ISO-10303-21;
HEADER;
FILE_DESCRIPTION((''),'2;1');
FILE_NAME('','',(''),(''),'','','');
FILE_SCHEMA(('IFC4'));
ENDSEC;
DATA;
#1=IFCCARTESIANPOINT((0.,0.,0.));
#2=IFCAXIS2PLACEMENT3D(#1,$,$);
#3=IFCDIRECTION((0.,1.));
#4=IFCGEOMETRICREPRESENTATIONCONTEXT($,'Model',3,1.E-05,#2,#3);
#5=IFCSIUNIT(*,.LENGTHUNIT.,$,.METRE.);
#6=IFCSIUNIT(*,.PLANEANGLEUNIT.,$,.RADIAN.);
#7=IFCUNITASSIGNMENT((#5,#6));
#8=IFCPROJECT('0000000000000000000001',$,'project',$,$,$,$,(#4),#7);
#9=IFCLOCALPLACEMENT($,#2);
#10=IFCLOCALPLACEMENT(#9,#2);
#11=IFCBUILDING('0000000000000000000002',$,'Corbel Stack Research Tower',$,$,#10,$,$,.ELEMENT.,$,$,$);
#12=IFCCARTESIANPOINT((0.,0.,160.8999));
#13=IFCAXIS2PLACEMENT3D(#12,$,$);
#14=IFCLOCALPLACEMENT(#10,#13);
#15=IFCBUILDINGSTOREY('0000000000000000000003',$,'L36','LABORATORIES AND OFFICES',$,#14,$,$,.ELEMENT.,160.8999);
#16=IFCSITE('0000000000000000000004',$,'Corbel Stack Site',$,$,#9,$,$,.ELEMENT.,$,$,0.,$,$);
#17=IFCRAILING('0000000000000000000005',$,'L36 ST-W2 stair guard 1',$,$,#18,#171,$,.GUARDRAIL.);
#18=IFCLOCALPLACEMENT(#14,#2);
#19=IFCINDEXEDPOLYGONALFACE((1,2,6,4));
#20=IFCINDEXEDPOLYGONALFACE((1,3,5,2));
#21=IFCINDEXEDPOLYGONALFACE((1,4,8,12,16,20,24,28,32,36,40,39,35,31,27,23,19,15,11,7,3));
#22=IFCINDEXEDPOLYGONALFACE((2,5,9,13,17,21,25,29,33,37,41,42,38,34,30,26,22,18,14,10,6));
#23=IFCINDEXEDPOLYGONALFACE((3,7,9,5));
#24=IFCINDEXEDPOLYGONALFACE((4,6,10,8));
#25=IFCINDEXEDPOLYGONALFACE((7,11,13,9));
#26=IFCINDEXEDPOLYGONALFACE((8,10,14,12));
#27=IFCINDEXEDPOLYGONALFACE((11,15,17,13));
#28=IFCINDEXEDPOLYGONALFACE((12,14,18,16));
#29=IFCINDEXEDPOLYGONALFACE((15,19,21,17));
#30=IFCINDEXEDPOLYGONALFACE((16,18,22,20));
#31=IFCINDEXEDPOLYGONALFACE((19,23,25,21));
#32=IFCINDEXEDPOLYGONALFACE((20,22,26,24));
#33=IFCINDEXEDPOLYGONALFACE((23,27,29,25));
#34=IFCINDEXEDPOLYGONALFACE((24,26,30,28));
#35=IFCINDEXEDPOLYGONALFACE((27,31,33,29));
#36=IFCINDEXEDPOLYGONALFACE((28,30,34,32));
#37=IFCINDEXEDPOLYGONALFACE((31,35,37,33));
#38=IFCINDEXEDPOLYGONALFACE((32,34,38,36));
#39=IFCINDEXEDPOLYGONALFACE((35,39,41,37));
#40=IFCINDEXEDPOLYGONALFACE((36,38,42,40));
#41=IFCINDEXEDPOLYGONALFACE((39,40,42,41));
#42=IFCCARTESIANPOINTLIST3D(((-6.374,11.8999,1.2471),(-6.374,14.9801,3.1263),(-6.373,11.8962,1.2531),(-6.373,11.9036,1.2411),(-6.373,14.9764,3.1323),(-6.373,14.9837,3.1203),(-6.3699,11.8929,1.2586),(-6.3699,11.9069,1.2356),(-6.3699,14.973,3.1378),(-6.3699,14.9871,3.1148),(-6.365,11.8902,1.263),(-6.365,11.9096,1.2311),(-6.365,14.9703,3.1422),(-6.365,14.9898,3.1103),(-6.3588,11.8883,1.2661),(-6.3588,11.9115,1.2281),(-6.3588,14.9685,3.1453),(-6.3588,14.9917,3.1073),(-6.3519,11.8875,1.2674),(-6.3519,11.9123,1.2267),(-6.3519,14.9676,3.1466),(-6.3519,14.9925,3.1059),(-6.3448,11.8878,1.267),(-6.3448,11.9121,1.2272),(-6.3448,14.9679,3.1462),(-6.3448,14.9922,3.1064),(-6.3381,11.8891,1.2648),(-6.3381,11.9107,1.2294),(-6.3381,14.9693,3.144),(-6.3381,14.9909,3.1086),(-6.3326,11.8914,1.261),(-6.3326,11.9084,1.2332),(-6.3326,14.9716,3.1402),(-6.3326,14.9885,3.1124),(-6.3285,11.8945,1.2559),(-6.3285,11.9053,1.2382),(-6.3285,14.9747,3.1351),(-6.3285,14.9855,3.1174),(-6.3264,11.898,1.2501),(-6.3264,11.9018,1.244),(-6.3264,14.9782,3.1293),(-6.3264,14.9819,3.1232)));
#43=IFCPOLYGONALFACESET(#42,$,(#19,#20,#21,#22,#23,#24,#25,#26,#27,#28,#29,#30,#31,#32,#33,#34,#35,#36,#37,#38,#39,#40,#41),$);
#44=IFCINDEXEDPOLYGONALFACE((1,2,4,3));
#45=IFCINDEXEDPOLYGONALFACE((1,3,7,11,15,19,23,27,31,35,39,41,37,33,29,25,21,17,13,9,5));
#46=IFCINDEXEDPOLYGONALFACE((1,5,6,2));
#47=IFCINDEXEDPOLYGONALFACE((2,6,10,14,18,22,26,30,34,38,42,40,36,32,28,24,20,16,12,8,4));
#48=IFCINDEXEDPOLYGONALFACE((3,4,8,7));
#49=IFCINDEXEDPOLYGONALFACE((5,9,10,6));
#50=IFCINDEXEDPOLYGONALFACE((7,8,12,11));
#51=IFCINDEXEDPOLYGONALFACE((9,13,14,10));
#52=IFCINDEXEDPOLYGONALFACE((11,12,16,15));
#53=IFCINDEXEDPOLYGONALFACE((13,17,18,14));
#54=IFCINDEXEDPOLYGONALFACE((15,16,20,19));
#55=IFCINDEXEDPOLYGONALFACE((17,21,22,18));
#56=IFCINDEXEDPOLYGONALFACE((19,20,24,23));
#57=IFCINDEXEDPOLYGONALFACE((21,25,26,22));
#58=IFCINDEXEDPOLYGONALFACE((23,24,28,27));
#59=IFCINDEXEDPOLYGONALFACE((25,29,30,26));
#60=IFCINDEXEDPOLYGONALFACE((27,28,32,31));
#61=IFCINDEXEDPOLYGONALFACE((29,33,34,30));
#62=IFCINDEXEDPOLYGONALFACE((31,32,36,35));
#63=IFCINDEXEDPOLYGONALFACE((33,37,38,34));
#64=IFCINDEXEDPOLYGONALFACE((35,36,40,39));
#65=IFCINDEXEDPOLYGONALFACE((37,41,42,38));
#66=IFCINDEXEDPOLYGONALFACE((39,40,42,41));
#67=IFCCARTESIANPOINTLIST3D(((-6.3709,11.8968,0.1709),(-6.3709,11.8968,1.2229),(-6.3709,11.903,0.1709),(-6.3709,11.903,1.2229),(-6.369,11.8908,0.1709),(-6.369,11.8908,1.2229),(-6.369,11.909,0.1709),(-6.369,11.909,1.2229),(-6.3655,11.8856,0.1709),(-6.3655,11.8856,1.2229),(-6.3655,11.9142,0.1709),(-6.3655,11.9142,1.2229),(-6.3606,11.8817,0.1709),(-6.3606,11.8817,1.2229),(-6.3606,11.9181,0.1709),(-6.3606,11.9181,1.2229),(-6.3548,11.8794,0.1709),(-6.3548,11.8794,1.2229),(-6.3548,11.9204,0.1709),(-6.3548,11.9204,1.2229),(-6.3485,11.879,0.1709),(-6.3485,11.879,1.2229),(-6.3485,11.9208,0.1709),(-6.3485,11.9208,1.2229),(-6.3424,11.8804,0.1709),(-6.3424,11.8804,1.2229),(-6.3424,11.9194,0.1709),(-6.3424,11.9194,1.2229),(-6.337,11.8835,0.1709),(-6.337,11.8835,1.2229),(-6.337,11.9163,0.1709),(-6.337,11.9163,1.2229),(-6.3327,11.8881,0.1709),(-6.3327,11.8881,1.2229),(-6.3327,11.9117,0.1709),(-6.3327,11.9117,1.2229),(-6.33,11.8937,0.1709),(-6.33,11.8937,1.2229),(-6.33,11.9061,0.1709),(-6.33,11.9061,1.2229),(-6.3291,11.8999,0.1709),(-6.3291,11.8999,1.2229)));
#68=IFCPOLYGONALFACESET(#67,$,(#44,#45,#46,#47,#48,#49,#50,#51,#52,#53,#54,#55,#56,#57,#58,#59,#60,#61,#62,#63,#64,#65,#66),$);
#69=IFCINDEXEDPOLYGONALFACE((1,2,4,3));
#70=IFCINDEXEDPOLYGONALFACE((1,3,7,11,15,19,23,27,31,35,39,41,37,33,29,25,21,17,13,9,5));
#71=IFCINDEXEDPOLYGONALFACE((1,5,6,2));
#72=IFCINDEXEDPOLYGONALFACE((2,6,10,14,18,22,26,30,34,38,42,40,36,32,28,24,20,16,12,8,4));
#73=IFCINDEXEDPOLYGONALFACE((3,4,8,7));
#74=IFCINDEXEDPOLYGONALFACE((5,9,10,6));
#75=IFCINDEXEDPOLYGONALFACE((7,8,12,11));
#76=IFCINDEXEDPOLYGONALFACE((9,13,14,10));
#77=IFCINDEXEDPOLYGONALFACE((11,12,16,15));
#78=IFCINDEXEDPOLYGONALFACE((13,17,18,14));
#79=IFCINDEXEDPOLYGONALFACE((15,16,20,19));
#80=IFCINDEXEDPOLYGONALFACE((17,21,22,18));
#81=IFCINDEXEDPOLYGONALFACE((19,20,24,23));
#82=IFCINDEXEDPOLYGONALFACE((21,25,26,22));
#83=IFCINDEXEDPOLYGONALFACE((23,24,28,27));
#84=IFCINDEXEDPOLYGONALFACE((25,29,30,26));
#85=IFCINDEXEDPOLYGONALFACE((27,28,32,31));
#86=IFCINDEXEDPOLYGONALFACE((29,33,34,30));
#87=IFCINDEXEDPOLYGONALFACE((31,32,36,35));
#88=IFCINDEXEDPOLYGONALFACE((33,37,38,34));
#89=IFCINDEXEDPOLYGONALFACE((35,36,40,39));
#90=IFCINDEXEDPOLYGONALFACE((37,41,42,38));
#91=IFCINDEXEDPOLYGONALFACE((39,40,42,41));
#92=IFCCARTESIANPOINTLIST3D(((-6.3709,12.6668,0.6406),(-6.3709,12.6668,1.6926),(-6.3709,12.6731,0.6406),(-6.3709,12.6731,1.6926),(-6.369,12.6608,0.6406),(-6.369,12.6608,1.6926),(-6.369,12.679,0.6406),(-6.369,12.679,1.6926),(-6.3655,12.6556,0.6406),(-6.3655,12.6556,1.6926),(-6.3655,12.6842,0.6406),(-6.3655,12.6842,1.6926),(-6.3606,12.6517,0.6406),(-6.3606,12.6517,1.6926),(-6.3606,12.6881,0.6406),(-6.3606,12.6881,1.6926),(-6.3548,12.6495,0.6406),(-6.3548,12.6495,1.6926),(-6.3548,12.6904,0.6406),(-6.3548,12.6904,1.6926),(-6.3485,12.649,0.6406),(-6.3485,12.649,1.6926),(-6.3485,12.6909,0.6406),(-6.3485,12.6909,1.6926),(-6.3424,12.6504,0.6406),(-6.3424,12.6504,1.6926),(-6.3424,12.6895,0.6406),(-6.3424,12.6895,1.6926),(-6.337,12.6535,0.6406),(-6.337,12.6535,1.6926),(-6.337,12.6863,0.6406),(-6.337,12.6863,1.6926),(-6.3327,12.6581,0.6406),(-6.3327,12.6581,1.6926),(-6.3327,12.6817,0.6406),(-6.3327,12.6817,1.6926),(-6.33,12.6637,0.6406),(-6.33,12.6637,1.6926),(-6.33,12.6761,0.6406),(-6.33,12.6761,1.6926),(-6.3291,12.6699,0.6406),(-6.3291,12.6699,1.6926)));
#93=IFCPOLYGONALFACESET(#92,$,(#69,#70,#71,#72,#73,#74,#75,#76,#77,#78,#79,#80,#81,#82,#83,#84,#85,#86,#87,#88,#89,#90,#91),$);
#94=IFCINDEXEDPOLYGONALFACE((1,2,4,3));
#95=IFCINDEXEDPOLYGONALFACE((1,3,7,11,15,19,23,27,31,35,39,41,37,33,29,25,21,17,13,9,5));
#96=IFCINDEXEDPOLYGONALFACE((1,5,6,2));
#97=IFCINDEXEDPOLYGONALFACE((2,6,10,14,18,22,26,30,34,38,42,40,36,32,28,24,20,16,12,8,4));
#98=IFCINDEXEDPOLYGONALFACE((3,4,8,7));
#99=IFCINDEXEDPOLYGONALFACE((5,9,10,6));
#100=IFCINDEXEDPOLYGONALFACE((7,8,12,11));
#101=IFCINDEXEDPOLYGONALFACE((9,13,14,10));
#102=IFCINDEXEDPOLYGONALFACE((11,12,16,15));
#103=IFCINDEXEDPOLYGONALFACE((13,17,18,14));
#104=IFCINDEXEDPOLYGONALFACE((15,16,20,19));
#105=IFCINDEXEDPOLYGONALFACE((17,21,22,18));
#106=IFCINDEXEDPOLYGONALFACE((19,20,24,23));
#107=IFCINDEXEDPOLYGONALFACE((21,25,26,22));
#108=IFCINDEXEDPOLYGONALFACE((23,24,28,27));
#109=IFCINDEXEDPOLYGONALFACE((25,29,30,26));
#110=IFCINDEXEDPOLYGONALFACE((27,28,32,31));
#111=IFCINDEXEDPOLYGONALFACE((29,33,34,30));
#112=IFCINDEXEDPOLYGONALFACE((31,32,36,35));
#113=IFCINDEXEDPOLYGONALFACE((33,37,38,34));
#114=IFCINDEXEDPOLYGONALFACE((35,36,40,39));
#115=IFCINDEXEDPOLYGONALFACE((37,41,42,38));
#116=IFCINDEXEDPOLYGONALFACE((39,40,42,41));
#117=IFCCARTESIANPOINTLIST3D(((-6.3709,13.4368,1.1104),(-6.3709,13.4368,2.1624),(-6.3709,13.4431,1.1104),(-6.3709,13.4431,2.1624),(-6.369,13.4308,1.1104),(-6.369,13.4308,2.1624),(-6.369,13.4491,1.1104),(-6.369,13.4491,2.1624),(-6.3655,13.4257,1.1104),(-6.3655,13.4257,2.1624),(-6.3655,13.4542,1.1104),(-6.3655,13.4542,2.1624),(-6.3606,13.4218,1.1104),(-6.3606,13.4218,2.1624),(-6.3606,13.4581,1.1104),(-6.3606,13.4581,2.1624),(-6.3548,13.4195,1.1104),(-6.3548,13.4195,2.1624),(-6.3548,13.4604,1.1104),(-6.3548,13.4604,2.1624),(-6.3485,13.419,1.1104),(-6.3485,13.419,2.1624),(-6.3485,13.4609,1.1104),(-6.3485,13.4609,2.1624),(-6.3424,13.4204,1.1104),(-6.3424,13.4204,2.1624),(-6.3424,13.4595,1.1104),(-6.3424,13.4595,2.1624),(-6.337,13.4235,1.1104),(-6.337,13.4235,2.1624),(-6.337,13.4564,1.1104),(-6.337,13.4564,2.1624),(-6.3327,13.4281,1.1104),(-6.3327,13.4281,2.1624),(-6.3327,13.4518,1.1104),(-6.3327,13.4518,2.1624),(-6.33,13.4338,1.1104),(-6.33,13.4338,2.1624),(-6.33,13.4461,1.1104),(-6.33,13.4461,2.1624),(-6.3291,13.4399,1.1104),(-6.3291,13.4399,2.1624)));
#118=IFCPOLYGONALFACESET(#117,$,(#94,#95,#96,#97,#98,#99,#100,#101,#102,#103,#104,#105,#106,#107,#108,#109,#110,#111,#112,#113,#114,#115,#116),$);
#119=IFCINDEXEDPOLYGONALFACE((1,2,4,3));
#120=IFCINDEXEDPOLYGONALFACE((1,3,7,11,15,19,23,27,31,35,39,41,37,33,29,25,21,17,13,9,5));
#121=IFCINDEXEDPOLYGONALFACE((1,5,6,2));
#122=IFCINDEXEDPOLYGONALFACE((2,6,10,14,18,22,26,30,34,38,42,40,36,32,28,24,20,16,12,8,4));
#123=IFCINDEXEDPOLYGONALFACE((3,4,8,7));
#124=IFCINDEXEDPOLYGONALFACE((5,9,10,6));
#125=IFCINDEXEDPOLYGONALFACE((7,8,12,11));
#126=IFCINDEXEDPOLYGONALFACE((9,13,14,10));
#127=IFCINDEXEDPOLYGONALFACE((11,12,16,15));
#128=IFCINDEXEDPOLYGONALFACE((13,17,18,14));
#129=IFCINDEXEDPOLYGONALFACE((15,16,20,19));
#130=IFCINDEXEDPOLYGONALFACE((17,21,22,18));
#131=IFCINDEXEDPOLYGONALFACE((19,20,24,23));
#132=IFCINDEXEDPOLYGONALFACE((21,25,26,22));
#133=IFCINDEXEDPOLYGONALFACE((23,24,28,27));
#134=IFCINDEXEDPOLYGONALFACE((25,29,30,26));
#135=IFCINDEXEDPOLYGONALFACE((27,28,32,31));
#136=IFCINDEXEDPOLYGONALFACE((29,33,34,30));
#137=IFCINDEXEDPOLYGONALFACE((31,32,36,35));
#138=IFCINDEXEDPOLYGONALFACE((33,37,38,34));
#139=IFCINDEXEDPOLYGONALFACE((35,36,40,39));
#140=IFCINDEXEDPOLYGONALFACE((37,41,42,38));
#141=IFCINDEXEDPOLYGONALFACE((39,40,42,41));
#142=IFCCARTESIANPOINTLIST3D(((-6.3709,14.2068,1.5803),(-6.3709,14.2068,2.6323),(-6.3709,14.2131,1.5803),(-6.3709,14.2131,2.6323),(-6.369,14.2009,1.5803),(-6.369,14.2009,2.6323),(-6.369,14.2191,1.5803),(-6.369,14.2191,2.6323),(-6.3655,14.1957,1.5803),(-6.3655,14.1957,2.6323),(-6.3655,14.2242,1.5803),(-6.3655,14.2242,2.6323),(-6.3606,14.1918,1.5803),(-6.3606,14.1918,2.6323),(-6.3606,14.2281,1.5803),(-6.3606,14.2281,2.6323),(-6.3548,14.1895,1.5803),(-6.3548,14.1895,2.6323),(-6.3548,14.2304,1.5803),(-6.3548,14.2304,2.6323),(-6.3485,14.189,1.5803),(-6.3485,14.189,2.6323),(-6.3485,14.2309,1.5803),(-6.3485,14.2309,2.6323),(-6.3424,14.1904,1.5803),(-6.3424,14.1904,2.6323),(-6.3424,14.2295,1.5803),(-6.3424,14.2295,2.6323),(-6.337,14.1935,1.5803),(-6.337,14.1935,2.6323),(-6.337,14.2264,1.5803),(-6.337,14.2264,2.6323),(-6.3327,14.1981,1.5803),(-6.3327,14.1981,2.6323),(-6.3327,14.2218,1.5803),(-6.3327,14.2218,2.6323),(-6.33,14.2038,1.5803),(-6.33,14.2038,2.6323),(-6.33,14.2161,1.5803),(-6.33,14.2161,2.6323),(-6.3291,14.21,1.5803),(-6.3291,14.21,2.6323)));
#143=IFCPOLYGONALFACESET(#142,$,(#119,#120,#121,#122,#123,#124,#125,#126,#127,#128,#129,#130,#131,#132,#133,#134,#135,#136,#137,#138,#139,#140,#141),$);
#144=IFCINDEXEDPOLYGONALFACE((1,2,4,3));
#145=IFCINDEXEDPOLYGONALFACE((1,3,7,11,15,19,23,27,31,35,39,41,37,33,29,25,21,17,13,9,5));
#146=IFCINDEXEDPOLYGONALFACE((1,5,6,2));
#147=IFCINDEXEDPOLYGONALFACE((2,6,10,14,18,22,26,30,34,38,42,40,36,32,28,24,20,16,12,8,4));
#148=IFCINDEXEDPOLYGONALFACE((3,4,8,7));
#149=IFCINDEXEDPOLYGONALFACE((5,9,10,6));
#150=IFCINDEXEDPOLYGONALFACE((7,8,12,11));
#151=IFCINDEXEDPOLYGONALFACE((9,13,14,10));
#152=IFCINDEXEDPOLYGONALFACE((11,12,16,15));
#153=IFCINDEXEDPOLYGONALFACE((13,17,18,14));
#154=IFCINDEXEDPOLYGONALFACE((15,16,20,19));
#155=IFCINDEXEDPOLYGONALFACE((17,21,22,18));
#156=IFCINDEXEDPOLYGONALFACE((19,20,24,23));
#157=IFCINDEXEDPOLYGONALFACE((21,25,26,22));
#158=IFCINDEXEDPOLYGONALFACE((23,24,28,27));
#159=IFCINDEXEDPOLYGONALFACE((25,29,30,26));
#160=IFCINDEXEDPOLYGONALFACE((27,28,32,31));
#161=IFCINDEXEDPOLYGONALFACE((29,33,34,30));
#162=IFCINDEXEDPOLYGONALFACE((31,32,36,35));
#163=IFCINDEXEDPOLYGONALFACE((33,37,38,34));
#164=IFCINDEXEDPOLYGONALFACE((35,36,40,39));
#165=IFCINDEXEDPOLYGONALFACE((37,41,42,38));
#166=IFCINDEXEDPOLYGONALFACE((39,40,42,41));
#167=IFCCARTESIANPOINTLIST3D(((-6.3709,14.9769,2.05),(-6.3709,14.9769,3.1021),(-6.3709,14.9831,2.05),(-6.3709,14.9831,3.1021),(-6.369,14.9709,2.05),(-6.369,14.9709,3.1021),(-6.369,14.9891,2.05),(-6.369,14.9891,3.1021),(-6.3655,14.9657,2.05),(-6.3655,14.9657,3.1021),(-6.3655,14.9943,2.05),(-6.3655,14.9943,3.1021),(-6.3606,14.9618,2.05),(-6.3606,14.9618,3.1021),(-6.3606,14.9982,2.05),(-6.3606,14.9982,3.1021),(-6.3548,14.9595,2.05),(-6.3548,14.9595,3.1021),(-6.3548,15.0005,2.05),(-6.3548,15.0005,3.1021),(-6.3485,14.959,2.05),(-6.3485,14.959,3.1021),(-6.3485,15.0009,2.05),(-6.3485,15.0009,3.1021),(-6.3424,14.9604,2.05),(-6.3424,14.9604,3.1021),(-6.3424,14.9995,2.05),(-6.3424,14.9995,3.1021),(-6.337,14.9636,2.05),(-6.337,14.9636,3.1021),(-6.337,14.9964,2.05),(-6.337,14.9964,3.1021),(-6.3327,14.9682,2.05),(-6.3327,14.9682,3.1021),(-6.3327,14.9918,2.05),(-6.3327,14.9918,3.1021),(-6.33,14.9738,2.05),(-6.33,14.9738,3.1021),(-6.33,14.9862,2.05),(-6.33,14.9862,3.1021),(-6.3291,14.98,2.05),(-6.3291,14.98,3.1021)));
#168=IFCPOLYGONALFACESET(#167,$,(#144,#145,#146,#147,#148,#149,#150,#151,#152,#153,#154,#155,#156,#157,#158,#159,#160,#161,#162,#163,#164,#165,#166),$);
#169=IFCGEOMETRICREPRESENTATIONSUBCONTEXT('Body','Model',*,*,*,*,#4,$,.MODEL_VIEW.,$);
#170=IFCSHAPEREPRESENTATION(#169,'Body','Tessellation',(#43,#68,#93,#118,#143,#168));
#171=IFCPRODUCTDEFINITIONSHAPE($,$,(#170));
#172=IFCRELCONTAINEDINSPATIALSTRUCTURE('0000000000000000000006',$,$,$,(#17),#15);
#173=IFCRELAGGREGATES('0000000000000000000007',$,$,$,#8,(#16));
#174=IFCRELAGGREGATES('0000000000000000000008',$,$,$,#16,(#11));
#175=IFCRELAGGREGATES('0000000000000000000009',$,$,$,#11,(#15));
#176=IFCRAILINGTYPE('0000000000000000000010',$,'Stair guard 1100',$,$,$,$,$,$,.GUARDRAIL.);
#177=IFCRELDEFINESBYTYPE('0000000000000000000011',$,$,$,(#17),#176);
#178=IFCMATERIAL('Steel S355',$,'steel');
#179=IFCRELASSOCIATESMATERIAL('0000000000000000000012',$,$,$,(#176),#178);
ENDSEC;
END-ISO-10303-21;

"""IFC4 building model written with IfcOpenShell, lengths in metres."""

from ifc_helpers import new_model, si_unit, direction, frame, origin, origin_2d, place, context, subcontext, project, spatial, circle, extrude, material, type_object, element, save


model = new_model("IFC4")

# Units and contexts
model_context = context("Model", 3, precision=1e-05, world=origin(), true_north=direction((0.0, 1.0)))
body_context = subcontext(model_context, "Body", "Model", "MODEL_VIEW")
ifc_project = project(units=[si_unit("LENGTHUNIT", "METRE"), si_unit("PLANEANGLEUNIT", "RADIAN")], contexts=[model_context])

# Site, building, storey
site_placement = place(None, origin())
site = spatial("IfcSite", under=ifc_project, at=site_placement, Name="Corbel Stack Site", CompositionType="ELEMENT", RefElevation=0.0)
building_placement = place(site_placement, origin())
building = spatial("IfcBuilding", under=site, at=building_placement, Name="Corbel Stack Research Tower", CompositionType="ELEMENT")
storey_placement = place(building_placement, frame((0.0, 0.0, 160.8999)))
storey = spatial("IfcBuildingStorey", under=building, at=storey_placement, Name="L36", Description="LABORATORIES AND OFFICES", CompositionType="ELEMENT", Elevation=160.8999)

# Railing
ifc_material_1 = material(Name="Steel S355", Category="steel")
railing_type = type_object("IfcRailingType", Name="Stair guard 1100", PredefinedType="GUARDRAIL", material=ifc_material_1)
railing_1_placement = place(storey_placement, frame((-6.3501, 11.8999, 0.1709)))
element("IfcRailing", 1, at=railing_1_placement, inside=storey, type_object=railing_type, Name="L36 ST-W2 stair guard 1", PredefinedType="GUARDRAIL", context=body_context, shape_type="SweptSolid", body=[
    extrude(circle(Radius=0.0239, at=origin_2d()), frame((0.0, 0.0, 1.0762), z_axis=(0.0, 0.853666, 0.52082), x_axis=(-1.0, 0.0, 0.0)), (0.0, 0.0, 1.0), 3.6082),
    extrude(circle(Radius=0.021, at=origin_2d()), origin(), (0.0, 0.0, 1.0), 1.052),
    extrude(circle(Radius=0.021, at=origin_2d()), frame((0.0, 0.77, 0.4697)), (0.0, 0.0, 1.0), 1.052),
    extrude(circle(Radius=0.021, at=origin_2d()), frame((0.0, 1.54, 0.9395)), (0.0, 0.0, 1.0), 1.052),
    extrude(circle(Radius=0.021, at=origin_2d()), frame((0.0, 2.3101, 1.4094)), (0.0, 0.0, 1.0), 1.052),
    extrude(circle(Radius=0.021, at=origin_2d()), frame((0.0, 3.0801, 1.8792)), (0.0, 0.0, 1.0), 1.052),
])

save(model, "model.ifc")
